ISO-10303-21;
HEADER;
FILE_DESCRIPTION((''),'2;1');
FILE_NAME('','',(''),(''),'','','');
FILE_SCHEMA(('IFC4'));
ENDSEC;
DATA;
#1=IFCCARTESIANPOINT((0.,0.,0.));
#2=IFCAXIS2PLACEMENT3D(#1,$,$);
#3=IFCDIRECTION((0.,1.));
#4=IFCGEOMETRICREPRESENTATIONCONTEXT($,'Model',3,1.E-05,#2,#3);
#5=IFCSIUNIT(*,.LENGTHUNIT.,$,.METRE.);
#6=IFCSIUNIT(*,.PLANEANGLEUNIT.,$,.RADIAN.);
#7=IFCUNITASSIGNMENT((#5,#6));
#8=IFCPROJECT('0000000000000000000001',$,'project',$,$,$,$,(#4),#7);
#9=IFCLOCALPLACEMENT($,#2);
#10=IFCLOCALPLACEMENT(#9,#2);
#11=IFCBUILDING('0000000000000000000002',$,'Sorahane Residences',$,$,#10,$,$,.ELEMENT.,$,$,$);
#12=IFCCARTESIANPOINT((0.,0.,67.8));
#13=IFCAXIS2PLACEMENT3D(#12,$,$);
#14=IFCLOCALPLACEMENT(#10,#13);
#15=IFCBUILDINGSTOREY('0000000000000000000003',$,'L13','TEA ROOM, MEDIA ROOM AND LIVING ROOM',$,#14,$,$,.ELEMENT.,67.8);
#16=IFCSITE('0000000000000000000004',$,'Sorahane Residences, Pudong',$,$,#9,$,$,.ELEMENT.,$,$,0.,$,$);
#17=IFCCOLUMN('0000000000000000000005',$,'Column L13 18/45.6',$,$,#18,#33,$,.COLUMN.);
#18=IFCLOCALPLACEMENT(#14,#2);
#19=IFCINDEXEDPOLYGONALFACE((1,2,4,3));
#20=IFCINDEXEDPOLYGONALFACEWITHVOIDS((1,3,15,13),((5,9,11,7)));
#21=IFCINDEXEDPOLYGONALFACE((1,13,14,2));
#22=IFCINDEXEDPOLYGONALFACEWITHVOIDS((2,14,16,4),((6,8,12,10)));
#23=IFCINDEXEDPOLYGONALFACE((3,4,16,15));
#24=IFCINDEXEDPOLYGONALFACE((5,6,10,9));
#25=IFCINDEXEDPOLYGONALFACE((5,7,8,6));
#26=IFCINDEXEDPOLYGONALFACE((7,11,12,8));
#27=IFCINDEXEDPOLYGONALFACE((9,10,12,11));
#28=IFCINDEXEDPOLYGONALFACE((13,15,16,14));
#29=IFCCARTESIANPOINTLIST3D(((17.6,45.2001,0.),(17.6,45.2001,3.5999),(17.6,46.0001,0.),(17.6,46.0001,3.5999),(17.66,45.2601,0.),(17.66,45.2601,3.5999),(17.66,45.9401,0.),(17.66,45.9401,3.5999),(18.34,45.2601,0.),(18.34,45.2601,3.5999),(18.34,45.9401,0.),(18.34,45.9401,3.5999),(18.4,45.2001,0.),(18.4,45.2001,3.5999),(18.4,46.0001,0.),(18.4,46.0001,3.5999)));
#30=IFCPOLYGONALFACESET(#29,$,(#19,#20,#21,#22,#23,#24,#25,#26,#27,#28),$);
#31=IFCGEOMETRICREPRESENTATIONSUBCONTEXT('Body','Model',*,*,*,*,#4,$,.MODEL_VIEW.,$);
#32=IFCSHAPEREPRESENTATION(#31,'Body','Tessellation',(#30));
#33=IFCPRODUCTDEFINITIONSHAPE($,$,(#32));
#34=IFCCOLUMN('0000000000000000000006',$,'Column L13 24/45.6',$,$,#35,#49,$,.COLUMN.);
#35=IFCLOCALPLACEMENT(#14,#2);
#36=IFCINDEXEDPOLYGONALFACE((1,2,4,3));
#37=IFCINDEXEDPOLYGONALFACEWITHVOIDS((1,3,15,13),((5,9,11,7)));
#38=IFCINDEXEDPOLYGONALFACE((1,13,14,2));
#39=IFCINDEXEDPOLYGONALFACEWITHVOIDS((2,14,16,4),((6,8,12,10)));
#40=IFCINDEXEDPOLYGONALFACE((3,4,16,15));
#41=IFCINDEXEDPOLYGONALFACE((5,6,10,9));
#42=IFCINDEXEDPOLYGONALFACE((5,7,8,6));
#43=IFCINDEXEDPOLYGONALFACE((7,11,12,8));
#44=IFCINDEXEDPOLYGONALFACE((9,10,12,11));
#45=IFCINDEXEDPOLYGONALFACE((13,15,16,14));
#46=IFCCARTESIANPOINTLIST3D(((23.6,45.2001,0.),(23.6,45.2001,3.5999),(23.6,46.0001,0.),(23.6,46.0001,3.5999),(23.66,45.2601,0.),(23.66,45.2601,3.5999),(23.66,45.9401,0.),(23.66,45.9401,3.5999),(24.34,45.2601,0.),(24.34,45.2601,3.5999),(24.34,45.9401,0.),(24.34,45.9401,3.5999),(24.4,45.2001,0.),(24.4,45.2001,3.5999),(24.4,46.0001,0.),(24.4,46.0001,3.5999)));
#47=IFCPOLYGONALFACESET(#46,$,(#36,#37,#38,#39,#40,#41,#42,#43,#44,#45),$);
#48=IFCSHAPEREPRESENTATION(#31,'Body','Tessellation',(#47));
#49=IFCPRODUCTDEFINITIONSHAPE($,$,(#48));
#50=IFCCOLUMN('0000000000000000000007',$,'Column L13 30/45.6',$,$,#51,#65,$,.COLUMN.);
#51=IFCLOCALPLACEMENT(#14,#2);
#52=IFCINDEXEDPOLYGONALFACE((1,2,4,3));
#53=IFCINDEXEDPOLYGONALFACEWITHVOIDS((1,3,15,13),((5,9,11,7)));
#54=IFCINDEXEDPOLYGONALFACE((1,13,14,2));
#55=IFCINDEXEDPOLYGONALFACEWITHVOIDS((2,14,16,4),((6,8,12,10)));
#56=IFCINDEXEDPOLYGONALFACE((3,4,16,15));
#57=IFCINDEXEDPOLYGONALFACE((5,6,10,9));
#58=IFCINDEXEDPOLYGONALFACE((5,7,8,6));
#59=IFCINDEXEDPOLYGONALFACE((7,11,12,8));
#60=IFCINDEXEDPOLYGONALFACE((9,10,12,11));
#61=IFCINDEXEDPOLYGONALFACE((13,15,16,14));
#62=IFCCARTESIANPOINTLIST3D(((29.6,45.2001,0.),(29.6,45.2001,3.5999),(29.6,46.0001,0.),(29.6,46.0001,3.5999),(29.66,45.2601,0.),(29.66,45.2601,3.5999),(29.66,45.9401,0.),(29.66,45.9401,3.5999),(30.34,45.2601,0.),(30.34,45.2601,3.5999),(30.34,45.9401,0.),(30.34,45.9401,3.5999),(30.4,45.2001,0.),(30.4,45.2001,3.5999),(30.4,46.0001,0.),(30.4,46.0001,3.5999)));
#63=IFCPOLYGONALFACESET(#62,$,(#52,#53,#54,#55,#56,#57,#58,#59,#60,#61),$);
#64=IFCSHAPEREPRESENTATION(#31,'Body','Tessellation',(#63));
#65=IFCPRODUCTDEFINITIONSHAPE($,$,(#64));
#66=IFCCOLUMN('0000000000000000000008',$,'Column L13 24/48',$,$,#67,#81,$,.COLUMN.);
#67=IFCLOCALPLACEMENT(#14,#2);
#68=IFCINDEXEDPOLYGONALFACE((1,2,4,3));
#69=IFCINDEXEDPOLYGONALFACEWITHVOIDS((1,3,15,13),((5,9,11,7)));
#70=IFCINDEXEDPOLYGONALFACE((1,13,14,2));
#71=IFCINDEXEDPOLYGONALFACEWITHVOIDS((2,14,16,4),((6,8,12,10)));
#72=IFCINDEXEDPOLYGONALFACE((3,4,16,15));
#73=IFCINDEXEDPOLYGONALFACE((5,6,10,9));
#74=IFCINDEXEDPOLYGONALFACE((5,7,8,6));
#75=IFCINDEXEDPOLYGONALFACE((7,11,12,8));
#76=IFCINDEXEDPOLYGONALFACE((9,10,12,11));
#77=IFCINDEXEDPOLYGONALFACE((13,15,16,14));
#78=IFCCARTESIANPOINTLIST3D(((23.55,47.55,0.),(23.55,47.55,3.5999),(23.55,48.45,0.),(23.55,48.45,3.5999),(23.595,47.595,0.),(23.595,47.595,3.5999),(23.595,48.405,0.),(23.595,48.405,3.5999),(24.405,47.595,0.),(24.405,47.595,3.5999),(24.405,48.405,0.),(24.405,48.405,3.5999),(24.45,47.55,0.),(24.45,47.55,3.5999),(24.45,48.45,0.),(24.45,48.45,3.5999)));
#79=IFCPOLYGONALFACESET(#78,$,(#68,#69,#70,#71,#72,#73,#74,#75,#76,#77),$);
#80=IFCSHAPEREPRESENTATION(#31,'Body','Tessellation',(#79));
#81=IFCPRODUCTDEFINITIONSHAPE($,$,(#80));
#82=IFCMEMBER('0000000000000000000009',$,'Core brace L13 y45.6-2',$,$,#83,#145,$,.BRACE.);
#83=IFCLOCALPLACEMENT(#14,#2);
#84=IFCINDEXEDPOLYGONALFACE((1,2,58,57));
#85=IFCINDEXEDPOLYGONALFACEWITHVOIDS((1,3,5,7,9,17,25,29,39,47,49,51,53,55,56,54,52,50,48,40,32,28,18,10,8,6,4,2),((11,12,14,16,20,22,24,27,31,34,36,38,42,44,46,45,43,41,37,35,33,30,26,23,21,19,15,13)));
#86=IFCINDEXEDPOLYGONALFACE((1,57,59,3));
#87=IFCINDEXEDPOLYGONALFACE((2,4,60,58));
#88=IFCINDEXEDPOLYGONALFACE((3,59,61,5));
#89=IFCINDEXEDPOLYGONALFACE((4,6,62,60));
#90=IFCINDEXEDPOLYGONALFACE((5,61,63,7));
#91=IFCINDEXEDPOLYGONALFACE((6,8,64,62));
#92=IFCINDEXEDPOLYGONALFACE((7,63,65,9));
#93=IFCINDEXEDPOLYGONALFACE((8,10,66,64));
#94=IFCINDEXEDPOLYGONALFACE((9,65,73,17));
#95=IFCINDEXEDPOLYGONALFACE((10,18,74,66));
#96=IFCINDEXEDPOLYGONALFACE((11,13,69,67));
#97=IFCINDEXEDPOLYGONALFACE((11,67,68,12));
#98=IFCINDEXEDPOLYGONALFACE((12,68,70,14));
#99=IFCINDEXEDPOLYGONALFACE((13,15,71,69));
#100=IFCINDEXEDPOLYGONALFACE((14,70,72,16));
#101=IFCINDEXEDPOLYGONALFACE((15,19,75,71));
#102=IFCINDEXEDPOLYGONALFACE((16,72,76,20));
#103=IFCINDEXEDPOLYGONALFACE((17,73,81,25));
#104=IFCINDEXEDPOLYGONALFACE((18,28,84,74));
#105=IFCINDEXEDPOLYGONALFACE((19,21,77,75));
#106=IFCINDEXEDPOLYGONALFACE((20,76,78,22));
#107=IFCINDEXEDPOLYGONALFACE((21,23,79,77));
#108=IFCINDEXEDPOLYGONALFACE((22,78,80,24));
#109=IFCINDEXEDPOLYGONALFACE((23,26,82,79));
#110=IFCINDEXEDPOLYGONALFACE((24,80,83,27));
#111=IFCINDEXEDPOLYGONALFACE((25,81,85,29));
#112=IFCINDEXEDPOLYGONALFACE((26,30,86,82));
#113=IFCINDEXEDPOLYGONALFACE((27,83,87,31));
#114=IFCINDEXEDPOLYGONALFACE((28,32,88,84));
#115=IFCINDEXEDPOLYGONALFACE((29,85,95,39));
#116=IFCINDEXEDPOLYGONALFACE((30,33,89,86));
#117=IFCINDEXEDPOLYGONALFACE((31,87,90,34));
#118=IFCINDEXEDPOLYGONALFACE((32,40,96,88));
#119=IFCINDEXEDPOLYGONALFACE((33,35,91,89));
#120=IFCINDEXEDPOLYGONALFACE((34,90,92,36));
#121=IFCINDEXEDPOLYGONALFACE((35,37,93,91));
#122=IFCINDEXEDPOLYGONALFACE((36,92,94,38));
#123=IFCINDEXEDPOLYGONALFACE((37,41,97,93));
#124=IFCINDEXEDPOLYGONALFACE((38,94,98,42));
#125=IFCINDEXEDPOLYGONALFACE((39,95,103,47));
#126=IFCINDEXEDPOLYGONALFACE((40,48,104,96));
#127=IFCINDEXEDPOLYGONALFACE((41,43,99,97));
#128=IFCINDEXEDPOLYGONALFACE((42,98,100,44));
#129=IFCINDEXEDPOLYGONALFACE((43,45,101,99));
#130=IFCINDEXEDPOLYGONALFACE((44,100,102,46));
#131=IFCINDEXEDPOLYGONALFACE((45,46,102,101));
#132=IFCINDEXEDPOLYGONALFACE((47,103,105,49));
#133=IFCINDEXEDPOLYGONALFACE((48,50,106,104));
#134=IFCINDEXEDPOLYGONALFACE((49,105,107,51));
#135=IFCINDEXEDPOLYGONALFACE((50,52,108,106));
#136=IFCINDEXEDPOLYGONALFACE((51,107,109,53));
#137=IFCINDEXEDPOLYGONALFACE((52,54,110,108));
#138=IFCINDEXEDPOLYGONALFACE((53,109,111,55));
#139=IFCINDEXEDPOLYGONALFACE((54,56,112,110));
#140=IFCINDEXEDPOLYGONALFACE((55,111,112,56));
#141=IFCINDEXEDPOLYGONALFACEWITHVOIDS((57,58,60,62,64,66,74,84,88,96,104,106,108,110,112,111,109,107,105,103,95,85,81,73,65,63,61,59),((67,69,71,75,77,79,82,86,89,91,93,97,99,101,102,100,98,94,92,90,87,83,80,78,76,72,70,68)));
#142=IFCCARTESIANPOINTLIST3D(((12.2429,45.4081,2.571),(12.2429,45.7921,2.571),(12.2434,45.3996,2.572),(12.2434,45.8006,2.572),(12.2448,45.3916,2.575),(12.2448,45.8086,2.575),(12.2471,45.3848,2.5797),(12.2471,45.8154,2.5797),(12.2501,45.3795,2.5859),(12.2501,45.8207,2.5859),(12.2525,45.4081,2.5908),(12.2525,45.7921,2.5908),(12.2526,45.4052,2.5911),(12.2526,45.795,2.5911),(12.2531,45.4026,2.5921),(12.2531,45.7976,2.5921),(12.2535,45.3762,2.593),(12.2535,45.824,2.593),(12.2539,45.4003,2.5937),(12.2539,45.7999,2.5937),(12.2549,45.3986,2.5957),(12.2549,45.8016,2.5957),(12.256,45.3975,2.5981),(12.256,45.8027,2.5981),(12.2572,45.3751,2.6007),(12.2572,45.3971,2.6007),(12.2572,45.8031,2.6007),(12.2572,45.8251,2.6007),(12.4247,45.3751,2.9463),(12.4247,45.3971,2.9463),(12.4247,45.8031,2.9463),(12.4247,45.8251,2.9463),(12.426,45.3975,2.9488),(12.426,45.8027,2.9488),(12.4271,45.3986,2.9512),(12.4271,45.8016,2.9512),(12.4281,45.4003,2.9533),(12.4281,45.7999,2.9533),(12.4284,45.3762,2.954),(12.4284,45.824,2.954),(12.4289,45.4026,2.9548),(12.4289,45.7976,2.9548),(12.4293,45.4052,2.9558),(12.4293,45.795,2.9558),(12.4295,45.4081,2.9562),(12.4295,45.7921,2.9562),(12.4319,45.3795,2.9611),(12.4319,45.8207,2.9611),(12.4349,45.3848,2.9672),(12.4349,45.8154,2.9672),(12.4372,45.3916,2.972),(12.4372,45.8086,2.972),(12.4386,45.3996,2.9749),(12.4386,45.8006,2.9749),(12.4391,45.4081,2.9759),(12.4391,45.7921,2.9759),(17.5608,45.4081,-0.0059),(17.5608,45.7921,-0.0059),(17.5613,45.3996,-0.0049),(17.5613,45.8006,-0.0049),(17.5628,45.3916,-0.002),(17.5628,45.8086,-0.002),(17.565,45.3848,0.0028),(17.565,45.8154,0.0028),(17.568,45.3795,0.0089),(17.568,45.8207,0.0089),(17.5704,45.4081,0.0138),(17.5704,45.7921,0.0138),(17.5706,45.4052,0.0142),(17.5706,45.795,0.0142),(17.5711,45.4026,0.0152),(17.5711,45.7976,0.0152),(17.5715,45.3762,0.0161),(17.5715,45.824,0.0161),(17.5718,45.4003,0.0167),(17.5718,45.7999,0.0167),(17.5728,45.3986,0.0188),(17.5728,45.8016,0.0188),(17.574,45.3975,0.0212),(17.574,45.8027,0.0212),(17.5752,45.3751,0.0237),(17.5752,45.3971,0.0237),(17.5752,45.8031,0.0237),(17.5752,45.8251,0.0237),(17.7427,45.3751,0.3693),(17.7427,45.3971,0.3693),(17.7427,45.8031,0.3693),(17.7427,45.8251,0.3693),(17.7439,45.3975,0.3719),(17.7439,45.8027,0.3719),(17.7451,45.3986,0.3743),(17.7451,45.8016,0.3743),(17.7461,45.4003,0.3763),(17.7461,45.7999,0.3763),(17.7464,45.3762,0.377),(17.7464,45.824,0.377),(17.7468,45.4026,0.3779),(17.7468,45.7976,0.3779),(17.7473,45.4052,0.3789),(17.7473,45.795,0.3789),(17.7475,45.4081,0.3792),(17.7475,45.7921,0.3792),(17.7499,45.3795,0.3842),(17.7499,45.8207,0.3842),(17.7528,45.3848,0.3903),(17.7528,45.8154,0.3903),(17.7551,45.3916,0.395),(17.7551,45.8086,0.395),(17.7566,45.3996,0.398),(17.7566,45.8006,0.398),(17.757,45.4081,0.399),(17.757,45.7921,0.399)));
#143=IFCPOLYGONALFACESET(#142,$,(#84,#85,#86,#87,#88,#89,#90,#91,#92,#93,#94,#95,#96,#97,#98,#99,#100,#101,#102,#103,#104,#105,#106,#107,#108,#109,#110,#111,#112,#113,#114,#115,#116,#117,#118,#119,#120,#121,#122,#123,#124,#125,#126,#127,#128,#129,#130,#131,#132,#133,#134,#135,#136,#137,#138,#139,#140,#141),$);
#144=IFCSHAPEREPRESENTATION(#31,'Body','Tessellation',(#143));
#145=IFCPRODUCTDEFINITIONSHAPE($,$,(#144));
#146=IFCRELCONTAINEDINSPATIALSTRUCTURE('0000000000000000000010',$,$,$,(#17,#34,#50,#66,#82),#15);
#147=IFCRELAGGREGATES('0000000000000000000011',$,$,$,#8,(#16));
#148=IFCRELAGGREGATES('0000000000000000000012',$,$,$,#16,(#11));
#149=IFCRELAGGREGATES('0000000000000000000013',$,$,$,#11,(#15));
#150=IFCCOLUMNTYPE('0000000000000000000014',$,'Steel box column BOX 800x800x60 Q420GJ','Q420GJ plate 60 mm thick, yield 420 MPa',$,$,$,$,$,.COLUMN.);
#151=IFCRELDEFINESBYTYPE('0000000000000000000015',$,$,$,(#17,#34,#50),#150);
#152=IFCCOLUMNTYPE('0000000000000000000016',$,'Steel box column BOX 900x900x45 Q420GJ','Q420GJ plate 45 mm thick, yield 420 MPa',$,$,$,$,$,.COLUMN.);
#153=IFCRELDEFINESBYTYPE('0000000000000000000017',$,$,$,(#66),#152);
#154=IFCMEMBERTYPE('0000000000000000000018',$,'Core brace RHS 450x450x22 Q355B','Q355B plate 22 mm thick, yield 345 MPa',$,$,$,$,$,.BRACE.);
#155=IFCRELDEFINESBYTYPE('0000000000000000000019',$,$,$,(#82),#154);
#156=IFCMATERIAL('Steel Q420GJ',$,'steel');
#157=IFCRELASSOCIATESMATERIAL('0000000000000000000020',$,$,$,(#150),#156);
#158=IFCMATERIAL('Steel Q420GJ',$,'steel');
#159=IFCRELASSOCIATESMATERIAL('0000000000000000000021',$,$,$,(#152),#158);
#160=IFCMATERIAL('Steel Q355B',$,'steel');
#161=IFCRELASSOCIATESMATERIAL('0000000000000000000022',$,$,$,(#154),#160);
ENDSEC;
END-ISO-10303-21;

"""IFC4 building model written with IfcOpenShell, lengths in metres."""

from ifc_helpers import new_model, si_unit, direction, frame, origin, origin_2d, place, context, subcontext, project, spatial, hollow_rectangle, extrude, material, material_profile, profile_set, type_object, element, save


model = new_model("IFC4")

# Units and contexts
model_context = context("Model", 3, precision=1e-05, world=origin(), true_north=direction((0.0, 1.0)))
body_context = subcontext(model_context, "Body", "Model", "MODEL_VIEW")
ifc_project = project(units=[si_unit("LENGTHUNIT", "METRE"), si_unit("PLANEANGLEUNIT", "RADIAN")], contexts=[model_context])

# Site, building, storey
site_placement = place(None, origin())
site = spatial("IfcSite", under=ifc_project, at=site_placement, Name="Sorahane Residences, Pudong", CompositionType="ELEMENT", RefElevation=0.0)
building_placement = place(site_placement, origin())
building = spatial("IfcBuilding", under=site, at=building_placement, Name="Sorahane Residences", CompositionType="ELEMENT")
storey_placement = place(building_placement, frame((0.0, 0.0, 67.8)))
storey = spatial("IfcBuildingStorey", under=building, at=storey_placement, Name="L13", Description="TEA ROOM, MEDIA ROOM AND LIVING ROOM", CompositionType="ELEMENT", Elevation=67.8)

# Columns
ifc_material_1 = material(Name="Steel Q420GJ", Category="steel")
ifc_material_profile_1 = material_profile(ifc_material_1, hollow_rectangle(XDim=0.8, YDim=0.8, WallThickness=0.0601, at=origin_2d()), Name="BOX 800x800x60")
ifc_profile_set_1 = profile_set([ifc_material_profile_1], Name="Steel Q420GJ")
column_type_1 = type_object("IfcColumnType", Name="Steel box column BOX 800x800x60 Q420GJ", Description="Q420GJ plate 60 mm thick, yield 420 MPa", PredefinedType="COLUMN", material=ifc_profile_set_1)
for number, where, z_axis, x_axis, name in (
    (1, (18.0, 45.6001, 0.0), (0.0, 0.0, 1.0), (1.0, 0.0, 0.0), "Column L13 18/45.6"),
    (2, (24.0, 45.6001, 0.0), (0.0, 0.0, 1.0), (1.0, 0.0, 0.0), "Column L13 24/45.6"),
    (3, (30.0, 45.6001, 0.0), (0.0, 0.0, 1.0), (1.0, 0.0, 0.0), "Column L13 30/45.6"),
):
    element("IfcColumn", number, at=place(storey_placement, frame(where, z_axis=z_axis, x_axis=x_axis)), inside=storey, type_object=column_type_1, Name=name, PredefinedType="COLUMN", context=body_context, shape_type="SweptSolid", body=[
        extrude(hollow_rectangle(XDim=0.8, YDim=0.8, WallThickness=0.0601, at=origin_2d()), origin(), (0.0, 0.0, 1.0), 3.5999),
    ])
ifc_material_2 = material(Name="Steel Q420GJ", Category="steel")
ifc_material_profile_2 = material_profile(ifc_material_2, hollow_rectangle(XDim=0.8999, YDim=0.8999, WallThickness=0.0449, at=origin_2d()), Name="BOX 900x900x45")
ifc_profile_set_2 = profile_set([ifc_material_profile_2], Name="Steel Q420GJ")
column_type_2 = type_object("IfcColumnType", Name="Steel box column BOX 900x900x45 Q420GJ", Description="Q420GJ plate 45 mm thick, yield 420 MPa", PredefinedType="COLUMN", material=ifc_profile_set_2)
column_placement = place(storey_placement, frame((24.0, 48.0, 0.0), z_axis=(0.0, 0.0, 1.0), x_axis=(1.0, 0.0, 0.0)))
element("IfcColumn", 4, at=column_placement, inside=storey, type_object=column_type_2, Name="Column L13 24/48", PredefinedType="COLUMN", context=body_context, shape_type="SweptSolid", body=[
    extrude(hollow_rectangle(XDim=0.8999, YDim=0.8999, WallThickness=0.0449, at=origin_2d()), origin(), (0.0, 0.0, 1.0), 3.5999),
])

# Member
ifc_material_3 = material(Name="Steel Q355B", Category="steel")
ifc_material_profile_3 = material_profile(ifc_material_3, hollow_rectangle(XDim=0.45, YDim=0.45, WallThickness=0.022, InnerFilletRadius=0.011, OuterFilletRadius=0.033, at=origin_2d()), Name="RHS 450x450x22")
ifc_profile_set_3 = profile_set([ifc_material_profile_3], Name="Steel Q355B")
member_type_1 = type_object("IfcMemberType", Name="Core brace RHS 450x450x22 Q355B", Description="Q355B plate 22 mm thick, yield 345 MPa", PredefinedType="BRACE", material=ifc_profile_set_3)
for number, where, z_axis, x_axis, name in (
    (5, (17.6589, 45.6001, 0.1965), (-0.899911, 0.0, 0.436074), (0.0, -1.0, 0.0), "Core brace L13 y45.6-2"),
):
    element("IfcMember", number, at=place(storey_placement, frame(where, z_axis=z_axis, x_axis=x_axis)), inside=storey, type_object=member_type_1, Name=name, PredefinedType="BRACE", context=body_context, shape_type="SweptSolid", body=[
        extrude(hollow_rectangle(XDim=0.45, YDim=0.45, WallThickness=0.022, InnerFilletRadius=0.011, OuterFilletRadius=0.033, at=origin_2d()), origin(), (0.0, 0.0, 1.0), 5.9094),
    ])

save(model, "model.ifc")
